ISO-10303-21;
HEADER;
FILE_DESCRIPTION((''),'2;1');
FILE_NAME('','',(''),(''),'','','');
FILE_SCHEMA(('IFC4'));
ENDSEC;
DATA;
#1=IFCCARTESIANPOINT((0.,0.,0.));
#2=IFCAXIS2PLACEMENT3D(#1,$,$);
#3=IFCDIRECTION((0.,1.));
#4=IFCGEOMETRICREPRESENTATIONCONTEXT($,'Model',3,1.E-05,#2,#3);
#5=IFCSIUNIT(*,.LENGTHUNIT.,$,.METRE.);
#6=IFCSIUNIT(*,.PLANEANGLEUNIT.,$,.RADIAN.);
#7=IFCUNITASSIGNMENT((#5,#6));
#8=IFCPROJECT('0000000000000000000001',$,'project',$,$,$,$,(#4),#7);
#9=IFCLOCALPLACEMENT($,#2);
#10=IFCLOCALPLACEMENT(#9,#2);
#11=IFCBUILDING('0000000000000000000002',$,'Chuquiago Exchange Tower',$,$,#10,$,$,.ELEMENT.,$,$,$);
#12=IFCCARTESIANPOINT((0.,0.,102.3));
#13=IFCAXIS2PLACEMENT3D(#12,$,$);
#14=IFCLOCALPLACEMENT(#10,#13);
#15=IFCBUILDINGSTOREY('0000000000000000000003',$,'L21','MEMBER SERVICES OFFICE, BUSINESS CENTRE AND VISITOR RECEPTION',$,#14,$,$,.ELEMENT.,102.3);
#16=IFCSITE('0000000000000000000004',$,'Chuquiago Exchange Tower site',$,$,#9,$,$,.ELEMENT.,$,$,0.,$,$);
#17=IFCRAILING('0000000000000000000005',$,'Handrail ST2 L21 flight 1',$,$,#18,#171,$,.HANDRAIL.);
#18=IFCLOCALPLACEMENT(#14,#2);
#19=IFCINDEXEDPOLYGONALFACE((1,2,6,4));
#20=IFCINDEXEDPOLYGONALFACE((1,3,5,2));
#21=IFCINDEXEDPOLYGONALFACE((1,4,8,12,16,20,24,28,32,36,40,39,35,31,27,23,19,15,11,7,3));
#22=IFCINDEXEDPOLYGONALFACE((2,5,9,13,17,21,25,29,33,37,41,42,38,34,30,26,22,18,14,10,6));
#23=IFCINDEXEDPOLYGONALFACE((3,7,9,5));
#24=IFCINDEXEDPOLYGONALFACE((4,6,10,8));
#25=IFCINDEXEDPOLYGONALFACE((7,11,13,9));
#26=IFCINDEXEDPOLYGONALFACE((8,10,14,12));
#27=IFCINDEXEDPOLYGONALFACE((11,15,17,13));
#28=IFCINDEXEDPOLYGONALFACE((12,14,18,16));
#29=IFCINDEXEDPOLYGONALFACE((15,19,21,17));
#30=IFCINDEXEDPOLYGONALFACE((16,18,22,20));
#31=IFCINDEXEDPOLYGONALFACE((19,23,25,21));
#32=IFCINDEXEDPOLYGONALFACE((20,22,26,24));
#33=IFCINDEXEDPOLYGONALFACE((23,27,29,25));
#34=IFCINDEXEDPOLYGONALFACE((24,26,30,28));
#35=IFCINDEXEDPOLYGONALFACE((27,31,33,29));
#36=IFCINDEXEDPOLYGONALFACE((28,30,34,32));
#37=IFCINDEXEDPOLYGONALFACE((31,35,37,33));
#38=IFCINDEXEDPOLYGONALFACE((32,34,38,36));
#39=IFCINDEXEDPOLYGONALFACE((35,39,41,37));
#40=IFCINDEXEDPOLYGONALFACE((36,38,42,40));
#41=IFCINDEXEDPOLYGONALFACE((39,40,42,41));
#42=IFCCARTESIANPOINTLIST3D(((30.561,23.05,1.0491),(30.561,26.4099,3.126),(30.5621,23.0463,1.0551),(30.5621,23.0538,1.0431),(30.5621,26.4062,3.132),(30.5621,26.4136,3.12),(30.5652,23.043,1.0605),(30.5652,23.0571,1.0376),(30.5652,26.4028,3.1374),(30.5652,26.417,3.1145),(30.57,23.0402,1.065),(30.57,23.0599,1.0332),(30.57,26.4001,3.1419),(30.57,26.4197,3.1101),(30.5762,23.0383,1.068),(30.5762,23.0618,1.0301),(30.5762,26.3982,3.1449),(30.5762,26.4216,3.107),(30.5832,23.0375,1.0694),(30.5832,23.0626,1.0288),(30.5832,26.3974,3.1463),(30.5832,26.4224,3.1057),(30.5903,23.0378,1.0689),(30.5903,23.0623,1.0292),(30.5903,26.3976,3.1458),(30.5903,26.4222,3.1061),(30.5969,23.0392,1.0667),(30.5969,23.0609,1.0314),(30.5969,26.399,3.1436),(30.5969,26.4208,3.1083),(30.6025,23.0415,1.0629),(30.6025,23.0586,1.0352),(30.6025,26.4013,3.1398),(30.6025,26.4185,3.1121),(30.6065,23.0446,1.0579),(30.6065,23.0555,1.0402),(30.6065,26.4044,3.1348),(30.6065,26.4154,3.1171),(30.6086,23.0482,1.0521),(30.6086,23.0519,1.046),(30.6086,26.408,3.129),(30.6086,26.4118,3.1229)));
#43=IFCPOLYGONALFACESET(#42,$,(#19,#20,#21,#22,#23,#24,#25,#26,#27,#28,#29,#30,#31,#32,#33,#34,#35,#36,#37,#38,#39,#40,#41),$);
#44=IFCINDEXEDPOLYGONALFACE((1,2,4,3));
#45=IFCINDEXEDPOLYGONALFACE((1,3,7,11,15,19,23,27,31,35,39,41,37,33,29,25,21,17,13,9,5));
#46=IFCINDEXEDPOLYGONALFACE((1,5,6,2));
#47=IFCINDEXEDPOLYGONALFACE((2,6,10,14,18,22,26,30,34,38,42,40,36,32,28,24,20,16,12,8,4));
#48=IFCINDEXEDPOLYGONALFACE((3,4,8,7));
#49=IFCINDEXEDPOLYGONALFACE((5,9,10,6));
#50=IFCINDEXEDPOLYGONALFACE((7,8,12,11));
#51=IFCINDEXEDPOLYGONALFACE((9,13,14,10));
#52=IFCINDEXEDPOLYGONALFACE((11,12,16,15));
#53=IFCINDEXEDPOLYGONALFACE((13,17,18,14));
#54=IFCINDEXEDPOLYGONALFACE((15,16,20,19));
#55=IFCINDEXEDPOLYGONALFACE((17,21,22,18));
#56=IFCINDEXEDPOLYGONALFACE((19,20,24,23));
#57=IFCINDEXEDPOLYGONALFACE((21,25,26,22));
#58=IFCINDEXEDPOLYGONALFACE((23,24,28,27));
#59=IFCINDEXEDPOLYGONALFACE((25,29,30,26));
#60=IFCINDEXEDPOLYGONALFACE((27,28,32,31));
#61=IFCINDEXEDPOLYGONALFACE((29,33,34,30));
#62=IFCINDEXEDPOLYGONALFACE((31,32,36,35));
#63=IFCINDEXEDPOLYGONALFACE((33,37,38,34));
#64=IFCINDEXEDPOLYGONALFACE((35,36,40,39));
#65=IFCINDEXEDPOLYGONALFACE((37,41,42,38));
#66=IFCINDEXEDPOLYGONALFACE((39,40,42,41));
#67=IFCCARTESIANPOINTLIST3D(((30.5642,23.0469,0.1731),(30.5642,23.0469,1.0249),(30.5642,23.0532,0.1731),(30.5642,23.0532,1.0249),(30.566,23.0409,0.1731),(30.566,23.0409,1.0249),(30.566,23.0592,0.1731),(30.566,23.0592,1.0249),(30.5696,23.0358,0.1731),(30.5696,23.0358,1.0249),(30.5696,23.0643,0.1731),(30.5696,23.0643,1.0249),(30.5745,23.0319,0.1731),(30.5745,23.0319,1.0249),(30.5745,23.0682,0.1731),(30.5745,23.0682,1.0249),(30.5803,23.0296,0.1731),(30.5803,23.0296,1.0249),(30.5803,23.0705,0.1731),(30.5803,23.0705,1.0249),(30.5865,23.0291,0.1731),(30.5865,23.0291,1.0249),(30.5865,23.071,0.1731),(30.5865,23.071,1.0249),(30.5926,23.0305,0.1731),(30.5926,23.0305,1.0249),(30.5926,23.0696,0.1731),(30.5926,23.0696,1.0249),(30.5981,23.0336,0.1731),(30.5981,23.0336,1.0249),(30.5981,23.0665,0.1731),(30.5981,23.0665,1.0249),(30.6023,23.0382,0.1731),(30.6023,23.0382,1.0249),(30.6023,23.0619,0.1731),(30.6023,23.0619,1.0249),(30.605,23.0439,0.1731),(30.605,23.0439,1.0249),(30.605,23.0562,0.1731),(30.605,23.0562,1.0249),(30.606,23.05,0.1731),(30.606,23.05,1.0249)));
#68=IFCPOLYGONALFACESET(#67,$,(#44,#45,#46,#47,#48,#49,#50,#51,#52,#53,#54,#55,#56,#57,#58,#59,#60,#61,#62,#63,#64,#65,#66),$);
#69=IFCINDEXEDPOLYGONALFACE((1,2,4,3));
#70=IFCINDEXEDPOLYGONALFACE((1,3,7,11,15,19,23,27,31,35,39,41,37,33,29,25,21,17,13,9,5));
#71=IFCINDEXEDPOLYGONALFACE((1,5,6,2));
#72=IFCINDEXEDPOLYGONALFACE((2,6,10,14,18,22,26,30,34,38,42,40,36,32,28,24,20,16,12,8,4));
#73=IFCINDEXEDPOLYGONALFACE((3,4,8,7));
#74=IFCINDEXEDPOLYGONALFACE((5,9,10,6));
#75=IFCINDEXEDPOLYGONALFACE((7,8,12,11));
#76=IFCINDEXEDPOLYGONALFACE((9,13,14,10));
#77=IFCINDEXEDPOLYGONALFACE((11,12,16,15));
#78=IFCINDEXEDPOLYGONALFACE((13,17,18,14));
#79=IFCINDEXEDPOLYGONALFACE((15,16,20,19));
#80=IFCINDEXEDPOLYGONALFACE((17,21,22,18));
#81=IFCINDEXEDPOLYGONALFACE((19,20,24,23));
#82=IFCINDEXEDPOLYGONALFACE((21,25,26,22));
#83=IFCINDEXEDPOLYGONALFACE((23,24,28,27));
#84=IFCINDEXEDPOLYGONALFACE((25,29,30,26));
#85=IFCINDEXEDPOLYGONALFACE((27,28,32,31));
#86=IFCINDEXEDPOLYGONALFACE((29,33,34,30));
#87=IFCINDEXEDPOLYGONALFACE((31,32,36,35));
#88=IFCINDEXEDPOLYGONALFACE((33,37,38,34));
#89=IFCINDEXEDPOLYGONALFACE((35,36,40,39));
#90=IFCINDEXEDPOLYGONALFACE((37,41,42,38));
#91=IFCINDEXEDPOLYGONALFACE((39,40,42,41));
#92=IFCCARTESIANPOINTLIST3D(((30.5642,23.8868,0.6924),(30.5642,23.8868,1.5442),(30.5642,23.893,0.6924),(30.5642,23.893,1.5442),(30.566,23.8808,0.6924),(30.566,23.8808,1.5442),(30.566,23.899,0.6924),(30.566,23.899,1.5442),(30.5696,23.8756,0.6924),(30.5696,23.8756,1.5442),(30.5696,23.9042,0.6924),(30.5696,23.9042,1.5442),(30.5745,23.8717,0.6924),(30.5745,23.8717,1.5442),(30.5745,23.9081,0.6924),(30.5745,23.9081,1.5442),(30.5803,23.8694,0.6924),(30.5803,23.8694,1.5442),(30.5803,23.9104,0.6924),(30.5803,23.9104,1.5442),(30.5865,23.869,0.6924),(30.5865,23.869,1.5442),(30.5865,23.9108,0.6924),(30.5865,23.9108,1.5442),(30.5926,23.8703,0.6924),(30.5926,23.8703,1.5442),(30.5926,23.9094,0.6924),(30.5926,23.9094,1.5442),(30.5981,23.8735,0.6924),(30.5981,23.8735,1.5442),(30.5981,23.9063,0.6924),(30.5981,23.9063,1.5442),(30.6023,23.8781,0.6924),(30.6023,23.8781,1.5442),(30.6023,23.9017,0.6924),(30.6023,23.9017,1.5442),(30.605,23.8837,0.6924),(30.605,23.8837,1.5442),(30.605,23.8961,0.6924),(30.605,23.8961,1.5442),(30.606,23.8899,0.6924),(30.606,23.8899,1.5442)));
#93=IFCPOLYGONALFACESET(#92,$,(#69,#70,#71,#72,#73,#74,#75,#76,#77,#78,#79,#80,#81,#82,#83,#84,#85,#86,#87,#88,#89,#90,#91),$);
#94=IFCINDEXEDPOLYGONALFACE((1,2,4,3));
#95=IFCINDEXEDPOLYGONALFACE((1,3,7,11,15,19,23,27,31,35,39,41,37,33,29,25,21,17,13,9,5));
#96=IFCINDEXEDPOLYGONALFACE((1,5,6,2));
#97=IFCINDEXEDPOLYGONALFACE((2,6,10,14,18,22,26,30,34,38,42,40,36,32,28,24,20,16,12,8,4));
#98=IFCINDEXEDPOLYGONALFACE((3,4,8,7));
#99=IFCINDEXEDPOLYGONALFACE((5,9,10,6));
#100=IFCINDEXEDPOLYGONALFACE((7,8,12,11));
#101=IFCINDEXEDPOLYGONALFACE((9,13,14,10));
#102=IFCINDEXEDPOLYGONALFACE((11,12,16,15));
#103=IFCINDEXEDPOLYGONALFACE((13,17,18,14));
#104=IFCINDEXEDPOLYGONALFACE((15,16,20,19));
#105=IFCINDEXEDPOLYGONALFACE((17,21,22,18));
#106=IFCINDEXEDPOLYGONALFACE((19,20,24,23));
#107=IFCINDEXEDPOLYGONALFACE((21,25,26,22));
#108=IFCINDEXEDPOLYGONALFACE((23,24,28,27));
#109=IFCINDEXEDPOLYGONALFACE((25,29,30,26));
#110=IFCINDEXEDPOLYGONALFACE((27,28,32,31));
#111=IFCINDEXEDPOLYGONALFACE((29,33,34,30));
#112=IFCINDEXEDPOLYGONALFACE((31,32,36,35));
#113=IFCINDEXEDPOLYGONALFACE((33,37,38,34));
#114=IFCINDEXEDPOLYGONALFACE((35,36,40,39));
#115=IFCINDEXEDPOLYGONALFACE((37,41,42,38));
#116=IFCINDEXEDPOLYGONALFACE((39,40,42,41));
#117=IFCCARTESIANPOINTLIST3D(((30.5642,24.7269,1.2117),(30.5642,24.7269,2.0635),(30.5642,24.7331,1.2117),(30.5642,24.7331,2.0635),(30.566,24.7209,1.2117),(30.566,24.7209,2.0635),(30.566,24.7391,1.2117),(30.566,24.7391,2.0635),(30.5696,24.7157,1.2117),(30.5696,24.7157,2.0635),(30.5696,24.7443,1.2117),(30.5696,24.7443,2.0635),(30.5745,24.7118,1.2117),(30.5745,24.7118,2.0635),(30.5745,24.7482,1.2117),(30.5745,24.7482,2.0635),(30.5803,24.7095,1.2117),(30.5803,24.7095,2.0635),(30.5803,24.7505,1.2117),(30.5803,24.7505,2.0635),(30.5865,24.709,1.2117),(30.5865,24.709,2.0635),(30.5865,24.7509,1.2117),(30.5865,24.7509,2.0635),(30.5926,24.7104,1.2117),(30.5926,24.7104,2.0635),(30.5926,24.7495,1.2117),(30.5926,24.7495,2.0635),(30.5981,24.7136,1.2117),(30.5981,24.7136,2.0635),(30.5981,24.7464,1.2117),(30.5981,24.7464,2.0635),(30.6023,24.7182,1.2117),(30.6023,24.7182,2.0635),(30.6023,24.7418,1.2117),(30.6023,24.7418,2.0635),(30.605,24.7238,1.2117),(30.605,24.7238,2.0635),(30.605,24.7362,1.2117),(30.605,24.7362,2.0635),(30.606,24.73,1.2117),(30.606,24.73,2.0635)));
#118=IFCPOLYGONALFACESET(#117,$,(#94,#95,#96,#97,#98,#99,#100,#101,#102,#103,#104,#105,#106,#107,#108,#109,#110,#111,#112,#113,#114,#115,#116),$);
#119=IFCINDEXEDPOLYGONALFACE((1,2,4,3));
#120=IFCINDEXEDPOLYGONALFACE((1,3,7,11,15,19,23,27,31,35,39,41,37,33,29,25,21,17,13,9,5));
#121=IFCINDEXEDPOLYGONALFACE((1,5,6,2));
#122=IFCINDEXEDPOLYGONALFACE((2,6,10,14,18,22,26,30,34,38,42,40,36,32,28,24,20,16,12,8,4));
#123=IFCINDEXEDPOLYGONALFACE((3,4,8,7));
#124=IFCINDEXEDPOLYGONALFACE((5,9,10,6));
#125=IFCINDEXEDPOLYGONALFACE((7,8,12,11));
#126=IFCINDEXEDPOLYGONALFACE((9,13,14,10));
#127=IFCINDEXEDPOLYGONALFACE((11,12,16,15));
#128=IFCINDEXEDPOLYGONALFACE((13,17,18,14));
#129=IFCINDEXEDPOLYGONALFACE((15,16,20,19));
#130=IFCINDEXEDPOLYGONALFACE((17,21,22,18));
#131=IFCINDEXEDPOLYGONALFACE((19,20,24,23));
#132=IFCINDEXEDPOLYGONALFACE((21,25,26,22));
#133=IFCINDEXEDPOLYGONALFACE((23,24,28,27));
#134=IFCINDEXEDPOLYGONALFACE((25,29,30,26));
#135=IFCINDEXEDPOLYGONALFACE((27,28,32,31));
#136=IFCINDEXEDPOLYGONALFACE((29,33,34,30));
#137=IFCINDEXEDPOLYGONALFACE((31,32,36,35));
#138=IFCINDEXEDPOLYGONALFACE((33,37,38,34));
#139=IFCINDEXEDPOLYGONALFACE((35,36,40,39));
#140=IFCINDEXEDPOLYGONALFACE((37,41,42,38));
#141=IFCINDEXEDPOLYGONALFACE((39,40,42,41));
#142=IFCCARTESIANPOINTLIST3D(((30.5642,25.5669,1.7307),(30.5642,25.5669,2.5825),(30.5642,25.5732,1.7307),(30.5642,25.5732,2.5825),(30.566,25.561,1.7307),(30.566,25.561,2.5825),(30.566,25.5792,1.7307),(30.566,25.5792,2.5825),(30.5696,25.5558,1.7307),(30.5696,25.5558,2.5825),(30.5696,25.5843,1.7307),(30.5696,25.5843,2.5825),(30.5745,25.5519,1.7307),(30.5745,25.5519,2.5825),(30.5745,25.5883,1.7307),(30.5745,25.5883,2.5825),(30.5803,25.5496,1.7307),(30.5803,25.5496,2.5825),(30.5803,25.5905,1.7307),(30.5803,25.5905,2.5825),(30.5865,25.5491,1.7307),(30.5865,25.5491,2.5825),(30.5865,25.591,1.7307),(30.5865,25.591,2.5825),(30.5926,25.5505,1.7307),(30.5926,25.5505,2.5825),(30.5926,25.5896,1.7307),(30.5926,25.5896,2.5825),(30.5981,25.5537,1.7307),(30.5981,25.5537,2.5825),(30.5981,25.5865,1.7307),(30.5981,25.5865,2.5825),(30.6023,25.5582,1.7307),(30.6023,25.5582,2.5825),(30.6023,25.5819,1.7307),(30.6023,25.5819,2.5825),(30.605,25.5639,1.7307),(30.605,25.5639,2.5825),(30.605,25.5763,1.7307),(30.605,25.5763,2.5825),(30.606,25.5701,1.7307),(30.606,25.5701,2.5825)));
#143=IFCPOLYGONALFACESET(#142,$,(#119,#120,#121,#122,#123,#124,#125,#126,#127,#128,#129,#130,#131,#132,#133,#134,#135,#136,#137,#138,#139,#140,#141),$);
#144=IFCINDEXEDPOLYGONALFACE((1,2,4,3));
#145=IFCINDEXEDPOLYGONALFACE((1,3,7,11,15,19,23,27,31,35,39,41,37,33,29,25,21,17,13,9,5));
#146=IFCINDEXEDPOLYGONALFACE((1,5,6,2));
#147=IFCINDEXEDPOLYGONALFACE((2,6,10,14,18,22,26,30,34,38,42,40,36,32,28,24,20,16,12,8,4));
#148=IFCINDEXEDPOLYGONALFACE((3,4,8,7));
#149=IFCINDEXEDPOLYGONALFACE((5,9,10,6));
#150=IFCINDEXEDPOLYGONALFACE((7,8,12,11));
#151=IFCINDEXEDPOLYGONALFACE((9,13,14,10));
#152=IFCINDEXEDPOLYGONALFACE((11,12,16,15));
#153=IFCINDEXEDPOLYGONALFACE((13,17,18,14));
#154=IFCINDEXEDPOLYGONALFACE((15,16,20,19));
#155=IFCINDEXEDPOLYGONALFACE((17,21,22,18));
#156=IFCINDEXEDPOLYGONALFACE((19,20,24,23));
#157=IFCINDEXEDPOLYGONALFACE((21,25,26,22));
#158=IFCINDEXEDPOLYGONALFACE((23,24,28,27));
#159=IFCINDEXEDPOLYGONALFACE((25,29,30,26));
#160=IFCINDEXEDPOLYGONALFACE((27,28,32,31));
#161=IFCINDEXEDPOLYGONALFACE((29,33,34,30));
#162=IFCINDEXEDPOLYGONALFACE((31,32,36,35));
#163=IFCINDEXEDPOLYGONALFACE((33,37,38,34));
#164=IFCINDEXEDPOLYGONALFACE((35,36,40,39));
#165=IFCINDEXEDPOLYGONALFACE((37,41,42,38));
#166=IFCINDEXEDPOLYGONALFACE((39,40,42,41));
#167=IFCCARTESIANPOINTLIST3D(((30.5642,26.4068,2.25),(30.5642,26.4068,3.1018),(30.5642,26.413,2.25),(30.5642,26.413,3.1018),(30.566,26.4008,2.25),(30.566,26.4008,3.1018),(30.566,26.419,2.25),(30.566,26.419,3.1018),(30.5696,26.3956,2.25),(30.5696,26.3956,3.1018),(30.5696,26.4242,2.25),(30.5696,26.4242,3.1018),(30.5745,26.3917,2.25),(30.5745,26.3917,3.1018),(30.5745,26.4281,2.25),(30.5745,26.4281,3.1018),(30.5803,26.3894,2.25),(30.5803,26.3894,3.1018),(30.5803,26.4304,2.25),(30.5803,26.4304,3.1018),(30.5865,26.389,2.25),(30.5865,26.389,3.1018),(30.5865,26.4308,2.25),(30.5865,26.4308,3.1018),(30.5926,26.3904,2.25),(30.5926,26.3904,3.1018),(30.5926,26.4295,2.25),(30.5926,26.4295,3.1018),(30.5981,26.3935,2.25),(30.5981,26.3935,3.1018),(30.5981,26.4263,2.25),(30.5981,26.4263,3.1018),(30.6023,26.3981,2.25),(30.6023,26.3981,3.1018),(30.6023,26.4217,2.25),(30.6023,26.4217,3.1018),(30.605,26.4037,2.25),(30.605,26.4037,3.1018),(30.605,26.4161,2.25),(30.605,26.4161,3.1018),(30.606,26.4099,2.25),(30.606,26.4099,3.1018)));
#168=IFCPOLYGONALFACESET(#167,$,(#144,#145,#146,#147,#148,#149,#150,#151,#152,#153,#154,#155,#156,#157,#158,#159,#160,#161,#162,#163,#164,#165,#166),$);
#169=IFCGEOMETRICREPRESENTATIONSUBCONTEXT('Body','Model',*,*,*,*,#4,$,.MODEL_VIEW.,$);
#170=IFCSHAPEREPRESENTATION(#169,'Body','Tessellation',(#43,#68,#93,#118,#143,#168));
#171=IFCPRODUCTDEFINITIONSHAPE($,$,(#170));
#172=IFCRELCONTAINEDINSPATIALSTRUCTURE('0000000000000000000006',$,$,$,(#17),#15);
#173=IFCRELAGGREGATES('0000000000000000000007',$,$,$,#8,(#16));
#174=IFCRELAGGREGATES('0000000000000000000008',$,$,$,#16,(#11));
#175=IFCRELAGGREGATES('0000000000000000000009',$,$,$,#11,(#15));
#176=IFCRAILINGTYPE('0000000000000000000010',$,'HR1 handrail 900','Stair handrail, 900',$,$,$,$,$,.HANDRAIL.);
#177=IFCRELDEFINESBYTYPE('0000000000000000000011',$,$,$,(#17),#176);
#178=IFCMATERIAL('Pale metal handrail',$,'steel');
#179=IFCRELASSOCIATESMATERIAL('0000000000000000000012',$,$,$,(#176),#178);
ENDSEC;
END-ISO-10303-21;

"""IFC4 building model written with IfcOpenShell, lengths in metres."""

from ifc_helpers import new_model, si_unit, direction, frame, origin, origin_2d, place, context, subcontext, project, spatial, circle, extrude, material, type_object, element, save


model = new_model("IFC4")

# Units and contexts
model_context = context("Model", 3, precision=1e-05, world=origin(), true_north=direction((0.0, 1.0)))
body_context = subcontext(model_context, "Body", "Model", "MODEL_VIEW")
ifc_project = project(units=[si_unit("LENGTHUNIT", "METRE"), si_unit("PLANEANGLEUNIT", "RADIAN")], contexts=[model_context])

# Site, building, storey
site_placement = place(None, origin())
site = spatial("IfcSite", under=ifc_project, at=site_placement, Name="Chuquiago Exchange Tower site", CompositionType="ELEMENT", RefElevation=0.0)
building_placement = place(site_placement, origin())
building = spatial("IfcBuilding", under=site, at=building_placement, Name="Chuquiago Exchange Tower", CompositionType="ELEMENT")
storey_placement = place(building_placement, frame((0.0, 0.0, 102.3)))
storey = spatial("IfcBuildingStorey", under=building, at=storey_placement, Name="L21", Description="MEMBER SERVICES OFFICE, BUSINESS CENTRE AND VISITOR RECEPTION", CompositionType="ELEMENT", Elevation=102.3)

# Railing
ifc_material_1 = material(Name="Pale metal handrail", Category="steel")
railing_type_1 = type_object("IfcRailingType", Name="HR1 handrail 900", Description="Stair handrail, 900", PredefinedType="HANDRAIL", material=ifc_material_1)
railing_1_placement = place(storey_placement, frame((30.585, 23.05, 0.1731)))
element("IfcRailing", 1, at=railing_1_placement, inside=storey, type_object=railing_type_1, Name="Handrail ST2 L21 flight 1", PredefinedType="HANDRAIL", context=body_context, shape_type="SweptSolid", body=[
    extrude(circle(Radius=0.0239, at=origin_2d()), frame((0.0, 0.0, 0.876), z_axis=(0.0, 0.850606, 0.525803), x_axis=(-1.0, 0.0, 0.0)), (0.0, 0.0, 1.0), 3.95),
    extrude(circle(Radius=0.021, at=origin_2d()), origin(), (0.0, 0.0, 1.0), 0.8518),
    extrude(circle(Radius=0.021, at=origin_2d()), frame((0.0, 0.8398, 0.5193)), (0.0, 0.0, 1.0), 0.8518),
    extrude(circle(Radius=0.021, at=origin_2d()), frame((0.0, 1.6799, 1.0386)), (0.0, 0.0, 1.0), 0.8518),
    extrude(circle(Radius=0.021, at=origin_2d()), frame((0.0, 2.52, 1.5576)), (0.0, 0.0, 1.0), 0.8518),
    extrude(circle(Radius=0.021, at=origin_2d()), frame((0.0, 3.3599, 2.0769)), (0.0, 0.0, 1.0), 0.8518),
])

save(model, "model.ifc")
